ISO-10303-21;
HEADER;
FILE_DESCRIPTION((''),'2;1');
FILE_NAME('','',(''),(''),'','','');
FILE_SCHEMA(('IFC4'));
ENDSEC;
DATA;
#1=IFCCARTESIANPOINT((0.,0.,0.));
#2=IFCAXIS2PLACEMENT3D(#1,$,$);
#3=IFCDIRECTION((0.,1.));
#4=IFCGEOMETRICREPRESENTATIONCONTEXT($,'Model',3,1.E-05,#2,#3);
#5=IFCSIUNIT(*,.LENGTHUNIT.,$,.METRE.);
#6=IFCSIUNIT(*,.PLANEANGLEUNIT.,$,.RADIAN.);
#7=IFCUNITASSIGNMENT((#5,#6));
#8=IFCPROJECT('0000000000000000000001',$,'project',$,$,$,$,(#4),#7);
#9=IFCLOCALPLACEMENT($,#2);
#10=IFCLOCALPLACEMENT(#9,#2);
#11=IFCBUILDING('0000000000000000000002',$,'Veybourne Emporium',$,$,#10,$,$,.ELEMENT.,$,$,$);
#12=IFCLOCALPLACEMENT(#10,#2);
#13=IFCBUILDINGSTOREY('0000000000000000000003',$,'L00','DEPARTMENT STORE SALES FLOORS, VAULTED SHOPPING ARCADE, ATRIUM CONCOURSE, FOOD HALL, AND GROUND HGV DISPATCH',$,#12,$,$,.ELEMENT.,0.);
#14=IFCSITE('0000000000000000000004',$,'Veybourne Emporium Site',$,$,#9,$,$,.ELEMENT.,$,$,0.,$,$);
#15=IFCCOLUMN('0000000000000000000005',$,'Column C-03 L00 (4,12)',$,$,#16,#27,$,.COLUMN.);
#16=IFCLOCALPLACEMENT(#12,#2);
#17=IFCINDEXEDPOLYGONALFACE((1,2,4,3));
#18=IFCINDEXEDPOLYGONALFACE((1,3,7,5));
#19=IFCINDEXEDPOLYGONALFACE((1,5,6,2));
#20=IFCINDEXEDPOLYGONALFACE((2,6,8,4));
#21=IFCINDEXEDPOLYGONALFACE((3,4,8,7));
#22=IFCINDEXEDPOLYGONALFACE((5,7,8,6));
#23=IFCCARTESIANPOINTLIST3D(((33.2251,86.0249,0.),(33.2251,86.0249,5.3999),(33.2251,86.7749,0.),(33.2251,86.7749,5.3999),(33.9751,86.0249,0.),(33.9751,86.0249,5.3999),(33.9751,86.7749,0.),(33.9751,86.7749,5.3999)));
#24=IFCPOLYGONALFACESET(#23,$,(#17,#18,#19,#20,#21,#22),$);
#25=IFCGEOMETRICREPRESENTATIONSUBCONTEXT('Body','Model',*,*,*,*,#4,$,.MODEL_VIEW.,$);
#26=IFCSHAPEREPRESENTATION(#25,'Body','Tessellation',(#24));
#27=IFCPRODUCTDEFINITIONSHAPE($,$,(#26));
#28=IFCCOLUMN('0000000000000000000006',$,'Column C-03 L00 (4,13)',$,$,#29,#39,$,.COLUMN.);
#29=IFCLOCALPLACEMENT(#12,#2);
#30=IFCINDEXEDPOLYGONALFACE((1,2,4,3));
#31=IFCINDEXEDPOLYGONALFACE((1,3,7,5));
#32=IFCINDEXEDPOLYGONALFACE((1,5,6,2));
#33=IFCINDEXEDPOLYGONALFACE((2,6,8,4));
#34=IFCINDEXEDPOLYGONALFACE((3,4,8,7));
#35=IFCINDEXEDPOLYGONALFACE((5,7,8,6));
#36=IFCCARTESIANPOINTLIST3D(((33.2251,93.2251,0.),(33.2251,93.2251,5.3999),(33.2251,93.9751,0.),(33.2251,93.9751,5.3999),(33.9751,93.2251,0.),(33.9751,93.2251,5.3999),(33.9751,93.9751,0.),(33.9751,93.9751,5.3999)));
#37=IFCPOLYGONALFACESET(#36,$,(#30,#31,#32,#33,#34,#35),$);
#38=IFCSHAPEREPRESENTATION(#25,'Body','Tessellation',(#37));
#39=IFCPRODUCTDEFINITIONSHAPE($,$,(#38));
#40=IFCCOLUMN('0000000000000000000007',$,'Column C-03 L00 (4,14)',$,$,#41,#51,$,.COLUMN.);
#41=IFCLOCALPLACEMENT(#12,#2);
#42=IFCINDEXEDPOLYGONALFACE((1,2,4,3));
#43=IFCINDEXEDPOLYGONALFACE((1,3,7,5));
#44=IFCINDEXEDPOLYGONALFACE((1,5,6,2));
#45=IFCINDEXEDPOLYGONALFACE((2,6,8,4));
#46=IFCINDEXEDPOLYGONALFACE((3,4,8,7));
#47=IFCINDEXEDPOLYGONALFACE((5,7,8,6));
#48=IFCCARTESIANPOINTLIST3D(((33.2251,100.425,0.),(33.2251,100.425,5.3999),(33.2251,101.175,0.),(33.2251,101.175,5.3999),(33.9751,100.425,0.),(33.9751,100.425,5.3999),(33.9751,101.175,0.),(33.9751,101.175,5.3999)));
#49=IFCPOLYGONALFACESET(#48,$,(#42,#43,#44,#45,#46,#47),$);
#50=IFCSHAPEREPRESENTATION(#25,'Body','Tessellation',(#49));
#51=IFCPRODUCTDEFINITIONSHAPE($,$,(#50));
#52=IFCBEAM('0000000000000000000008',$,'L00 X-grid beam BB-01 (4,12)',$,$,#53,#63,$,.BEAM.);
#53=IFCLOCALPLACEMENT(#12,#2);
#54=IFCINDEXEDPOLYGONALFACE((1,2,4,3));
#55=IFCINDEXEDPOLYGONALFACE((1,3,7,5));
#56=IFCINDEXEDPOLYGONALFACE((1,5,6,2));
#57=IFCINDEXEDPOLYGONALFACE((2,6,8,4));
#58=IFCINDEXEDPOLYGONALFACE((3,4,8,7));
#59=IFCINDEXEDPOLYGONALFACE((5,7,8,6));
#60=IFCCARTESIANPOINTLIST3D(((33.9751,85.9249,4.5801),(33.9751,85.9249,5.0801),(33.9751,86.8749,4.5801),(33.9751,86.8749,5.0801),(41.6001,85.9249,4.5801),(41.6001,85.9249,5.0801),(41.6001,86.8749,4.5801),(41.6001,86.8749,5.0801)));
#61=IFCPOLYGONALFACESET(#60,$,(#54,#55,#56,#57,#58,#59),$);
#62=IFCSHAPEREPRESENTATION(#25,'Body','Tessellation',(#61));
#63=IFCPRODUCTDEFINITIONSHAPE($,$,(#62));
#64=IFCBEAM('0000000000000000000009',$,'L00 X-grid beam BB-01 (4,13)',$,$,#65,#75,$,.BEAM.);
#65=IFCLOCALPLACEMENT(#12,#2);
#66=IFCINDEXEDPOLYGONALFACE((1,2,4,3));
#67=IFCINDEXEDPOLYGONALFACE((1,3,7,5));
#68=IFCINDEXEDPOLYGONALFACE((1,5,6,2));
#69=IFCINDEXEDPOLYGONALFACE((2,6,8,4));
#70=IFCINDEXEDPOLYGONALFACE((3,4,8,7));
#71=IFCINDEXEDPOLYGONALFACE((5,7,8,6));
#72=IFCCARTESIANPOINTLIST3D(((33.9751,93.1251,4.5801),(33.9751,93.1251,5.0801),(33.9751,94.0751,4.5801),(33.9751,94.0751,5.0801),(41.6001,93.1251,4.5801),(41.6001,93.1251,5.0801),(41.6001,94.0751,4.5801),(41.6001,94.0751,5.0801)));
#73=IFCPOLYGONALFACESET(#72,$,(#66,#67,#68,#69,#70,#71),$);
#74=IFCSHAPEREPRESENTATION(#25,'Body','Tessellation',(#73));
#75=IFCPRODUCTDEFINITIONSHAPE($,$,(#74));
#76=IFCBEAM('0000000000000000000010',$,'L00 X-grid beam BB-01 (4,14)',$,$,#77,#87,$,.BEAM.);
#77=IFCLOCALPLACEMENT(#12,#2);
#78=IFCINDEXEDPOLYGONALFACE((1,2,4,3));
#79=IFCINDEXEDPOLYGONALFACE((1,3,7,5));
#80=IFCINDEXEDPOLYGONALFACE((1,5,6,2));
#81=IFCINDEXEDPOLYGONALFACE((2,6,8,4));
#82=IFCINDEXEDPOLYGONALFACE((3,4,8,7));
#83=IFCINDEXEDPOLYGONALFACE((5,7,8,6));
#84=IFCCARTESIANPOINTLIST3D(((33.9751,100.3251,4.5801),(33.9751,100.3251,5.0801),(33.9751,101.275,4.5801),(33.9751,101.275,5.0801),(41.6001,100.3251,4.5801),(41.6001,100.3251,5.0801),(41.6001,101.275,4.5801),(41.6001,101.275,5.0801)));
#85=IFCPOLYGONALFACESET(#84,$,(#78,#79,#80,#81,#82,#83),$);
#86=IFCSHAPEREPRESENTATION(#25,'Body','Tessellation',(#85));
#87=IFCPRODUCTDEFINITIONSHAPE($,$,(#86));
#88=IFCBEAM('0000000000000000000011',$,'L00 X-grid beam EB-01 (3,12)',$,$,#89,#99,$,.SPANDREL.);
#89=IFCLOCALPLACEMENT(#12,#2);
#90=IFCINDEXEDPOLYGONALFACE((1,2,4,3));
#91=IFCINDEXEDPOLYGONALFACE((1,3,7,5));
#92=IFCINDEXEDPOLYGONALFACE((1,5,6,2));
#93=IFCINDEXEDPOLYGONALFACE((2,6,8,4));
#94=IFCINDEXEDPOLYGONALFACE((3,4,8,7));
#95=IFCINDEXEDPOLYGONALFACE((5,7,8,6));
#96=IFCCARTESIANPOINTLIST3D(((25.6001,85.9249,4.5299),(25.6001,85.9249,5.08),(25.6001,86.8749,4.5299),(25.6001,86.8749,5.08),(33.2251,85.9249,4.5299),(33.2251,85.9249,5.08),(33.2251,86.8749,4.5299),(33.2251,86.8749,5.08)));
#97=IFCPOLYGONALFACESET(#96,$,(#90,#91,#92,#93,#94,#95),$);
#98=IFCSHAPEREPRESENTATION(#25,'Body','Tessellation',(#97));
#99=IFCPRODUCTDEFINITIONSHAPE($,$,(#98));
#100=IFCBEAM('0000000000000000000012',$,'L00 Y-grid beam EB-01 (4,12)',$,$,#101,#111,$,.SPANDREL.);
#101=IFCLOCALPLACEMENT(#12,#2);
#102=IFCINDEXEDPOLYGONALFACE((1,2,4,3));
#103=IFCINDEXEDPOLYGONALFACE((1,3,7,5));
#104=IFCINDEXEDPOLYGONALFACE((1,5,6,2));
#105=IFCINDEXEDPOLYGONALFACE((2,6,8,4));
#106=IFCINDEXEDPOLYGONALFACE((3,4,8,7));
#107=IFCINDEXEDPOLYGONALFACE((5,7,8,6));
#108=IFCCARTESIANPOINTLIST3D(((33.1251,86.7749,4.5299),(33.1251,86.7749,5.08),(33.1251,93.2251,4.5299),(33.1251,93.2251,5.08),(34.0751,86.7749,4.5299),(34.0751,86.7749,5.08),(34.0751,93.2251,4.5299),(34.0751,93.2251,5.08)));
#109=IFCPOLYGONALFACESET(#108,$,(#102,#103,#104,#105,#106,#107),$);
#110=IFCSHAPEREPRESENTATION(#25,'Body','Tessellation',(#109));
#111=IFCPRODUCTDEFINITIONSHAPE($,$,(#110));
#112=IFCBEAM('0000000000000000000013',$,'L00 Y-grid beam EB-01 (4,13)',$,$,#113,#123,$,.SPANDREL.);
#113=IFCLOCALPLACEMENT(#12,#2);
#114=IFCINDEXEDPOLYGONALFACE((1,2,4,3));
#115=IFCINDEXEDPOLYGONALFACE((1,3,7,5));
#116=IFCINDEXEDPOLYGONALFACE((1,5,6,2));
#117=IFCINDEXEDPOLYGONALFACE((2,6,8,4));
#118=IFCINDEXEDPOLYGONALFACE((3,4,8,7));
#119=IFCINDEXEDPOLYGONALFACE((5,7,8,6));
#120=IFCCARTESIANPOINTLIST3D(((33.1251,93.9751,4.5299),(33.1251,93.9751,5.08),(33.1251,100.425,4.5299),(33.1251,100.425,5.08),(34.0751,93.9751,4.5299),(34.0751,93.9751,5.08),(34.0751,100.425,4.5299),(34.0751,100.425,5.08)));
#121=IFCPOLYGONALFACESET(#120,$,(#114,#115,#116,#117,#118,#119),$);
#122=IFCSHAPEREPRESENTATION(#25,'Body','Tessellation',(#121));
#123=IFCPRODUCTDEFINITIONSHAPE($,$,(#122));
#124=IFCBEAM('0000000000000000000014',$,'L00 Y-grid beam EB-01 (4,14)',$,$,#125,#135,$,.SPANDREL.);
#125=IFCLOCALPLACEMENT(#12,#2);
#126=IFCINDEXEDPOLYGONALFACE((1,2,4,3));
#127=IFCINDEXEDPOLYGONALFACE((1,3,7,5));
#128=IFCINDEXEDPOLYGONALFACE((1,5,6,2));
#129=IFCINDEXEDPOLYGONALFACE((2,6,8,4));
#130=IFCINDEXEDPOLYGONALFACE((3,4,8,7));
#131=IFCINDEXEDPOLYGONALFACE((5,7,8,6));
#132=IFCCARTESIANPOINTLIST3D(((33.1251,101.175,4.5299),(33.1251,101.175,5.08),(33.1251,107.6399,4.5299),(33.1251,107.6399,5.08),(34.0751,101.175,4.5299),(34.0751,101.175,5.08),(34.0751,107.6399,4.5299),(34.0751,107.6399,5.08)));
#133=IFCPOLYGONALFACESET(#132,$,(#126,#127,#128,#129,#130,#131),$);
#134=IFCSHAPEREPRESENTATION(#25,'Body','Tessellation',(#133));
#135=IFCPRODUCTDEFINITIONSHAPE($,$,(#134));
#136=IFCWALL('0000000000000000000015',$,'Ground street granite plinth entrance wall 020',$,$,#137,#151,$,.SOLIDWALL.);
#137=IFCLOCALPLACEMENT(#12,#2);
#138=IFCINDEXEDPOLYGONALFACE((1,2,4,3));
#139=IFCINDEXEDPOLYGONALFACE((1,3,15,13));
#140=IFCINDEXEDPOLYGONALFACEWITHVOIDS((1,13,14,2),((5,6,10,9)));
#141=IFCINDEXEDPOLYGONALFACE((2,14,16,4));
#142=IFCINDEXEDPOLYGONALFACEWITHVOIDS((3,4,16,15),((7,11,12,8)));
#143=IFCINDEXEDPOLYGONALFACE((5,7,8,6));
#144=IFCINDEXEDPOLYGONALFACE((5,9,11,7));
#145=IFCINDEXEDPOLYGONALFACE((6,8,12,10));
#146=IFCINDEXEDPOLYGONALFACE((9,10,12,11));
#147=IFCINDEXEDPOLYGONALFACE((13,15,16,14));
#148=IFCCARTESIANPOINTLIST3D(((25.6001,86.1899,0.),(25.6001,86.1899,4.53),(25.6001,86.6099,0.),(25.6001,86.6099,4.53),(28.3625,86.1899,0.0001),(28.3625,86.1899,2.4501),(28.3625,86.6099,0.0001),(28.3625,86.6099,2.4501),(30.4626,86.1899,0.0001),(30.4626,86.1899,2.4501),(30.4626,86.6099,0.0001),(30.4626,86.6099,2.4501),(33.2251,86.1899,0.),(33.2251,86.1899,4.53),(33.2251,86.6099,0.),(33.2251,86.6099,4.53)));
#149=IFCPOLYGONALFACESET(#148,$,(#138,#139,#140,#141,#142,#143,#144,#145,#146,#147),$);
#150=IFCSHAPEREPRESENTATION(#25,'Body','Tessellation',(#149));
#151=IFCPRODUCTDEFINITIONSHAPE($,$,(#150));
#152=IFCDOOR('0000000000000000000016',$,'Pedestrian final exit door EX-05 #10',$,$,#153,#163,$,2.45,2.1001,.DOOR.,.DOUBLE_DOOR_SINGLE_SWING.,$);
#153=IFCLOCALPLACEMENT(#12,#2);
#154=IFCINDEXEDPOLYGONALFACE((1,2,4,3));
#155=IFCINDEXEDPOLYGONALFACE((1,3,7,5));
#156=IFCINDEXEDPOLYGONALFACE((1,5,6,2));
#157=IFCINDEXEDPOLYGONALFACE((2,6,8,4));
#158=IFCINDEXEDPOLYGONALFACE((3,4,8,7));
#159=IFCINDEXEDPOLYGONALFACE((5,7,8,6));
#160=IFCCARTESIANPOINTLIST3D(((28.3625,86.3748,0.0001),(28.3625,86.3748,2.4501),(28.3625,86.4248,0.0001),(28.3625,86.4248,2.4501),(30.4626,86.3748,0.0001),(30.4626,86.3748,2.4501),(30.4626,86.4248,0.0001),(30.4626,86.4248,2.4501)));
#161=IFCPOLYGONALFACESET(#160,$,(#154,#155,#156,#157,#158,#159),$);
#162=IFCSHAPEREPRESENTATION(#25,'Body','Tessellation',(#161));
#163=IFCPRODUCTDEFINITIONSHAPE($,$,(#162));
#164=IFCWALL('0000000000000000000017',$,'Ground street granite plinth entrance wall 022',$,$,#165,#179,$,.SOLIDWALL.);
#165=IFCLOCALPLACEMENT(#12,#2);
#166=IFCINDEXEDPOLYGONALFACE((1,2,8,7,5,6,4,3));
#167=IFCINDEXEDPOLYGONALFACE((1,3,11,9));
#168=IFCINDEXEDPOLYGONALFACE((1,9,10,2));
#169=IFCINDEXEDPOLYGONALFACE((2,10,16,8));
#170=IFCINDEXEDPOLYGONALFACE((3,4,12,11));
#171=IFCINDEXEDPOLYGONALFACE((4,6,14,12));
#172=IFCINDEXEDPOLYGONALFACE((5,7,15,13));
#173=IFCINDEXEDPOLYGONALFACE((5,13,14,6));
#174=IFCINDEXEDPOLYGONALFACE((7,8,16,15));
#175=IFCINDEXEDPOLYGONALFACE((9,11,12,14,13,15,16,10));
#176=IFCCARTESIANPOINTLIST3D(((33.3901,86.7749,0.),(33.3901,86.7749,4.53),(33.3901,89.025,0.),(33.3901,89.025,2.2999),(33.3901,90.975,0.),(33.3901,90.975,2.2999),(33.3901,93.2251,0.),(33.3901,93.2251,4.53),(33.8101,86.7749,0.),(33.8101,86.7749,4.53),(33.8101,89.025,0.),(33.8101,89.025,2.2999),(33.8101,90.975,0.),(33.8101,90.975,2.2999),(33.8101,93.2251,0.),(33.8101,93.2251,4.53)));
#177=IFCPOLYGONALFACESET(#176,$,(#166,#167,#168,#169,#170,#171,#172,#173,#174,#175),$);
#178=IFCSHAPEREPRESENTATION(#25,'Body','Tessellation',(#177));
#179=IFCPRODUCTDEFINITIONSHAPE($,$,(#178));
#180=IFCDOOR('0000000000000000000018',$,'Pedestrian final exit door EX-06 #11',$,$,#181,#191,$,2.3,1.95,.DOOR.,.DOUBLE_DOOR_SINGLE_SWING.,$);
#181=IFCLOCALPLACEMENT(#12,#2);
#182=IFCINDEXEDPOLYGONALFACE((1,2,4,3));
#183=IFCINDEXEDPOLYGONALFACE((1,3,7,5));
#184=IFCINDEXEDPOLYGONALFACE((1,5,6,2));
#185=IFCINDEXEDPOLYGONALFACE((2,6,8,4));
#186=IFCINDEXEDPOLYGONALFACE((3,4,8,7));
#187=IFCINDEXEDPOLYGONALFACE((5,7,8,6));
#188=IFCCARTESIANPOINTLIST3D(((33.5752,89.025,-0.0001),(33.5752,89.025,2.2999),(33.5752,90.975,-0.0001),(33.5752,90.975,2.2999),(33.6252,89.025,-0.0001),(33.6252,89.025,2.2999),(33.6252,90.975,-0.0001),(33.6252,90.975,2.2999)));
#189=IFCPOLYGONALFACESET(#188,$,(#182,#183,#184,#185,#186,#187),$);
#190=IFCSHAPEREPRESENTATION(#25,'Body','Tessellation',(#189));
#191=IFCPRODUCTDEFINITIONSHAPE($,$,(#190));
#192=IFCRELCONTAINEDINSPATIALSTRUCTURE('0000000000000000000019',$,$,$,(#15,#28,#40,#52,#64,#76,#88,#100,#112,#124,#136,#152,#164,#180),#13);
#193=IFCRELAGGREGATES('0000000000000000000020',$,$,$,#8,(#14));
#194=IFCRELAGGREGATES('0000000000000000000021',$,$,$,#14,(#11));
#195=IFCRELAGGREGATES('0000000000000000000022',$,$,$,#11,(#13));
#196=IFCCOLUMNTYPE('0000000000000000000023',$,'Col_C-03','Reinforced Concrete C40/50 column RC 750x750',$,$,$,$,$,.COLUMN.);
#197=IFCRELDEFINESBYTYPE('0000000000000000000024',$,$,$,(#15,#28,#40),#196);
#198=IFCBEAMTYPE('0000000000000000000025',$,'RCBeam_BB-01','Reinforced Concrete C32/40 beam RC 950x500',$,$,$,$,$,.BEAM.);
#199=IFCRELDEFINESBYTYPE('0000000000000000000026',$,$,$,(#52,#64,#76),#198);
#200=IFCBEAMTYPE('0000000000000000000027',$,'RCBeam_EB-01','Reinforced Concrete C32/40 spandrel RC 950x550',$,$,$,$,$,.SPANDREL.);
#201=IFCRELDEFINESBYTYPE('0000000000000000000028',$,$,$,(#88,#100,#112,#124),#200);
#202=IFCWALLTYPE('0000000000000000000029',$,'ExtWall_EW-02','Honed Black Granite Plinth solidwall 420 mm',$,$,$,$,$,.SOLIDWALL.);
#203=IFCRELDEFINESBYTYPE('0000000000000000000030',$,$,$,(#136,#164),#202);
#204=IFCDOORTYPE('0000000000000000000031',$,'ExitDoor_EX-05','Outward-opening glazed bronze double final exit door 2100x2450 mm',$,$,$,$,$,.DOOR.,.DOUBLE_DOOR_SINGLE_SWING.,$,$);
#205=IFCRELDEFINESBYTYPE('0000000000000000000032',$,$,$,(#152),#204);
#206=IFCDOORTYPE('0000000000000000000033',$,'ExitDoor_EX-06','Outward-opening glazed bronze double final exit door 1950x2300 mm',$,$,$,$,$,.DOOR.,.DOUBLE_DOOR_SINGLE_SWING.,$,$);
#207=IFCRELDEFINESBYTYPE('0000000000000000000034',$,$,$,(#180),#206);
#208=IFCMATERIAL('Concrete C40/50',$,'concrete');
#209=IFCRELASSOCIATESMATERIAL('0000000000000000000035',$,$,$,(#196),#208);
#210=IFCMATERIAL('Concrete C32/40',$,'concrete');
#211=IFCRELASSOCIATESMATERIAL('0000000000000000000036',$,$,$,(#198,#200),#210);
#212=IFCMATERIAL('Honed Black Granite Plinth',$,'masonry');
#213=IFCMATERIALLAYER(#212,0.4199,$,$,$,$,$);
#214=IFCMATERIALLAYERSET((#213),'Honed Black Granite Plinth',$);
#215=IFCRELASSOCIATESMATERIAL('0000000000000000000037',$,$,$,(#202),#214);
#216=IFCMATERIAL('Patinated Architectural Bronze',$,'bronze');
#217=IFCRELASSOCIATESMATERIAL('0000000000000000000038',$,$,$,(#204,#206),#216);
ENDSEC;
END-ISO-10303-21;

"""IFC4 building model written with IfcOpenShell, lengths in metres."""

from ifc_helpers import new_model, si_unit, direction, frame, frame_2d, origin, origin_2d, place, context, subcontext, project, spatial, rectangle, extrude, material, layer, layer_set, material_profile, profile_set, type_object, element, fill, save


model = new_model("IFC4")

# Units and contexts
model_context = context("Model", 3, precision=1e-05, world=origin(), true_north=direction((0.0, 1.0)))
body_context = subcontext(model_context, "Body", "Model", "MODEL_VIEW")
ifc_project = project(units=[si_unit("LENGTHUNIT", "METRE"), si_unit("PLANEANGLEUNIT", "RADIAN")], contexts=[model_context])

# Site, building, storey
site_placement = place(None, origin())
site = spatial("IfcSite", under=ifc_project, at=site_placement, Name="Veybourne Emporium Site", CompositionType="ELEMENT", RefElevation=0.0)
building_placement = place(site_placement, origin())
building = spatial("IfcBuilding", under=site, at=building_placement, Name="Veybourne Emporium", CompositionType="ELEMENT")
storey_placement = place(building_placement, origin())
storey = spatial("IfcBuildingStorey", under=building, at=storey_placement, Name="L00", Description="DEPARTMENT STORE SALES FLOORS, VAULTED SHOPPING ARCADE, ATRIUM CONCOURSE, FOOD HALL, AND GROUND HGV DISPATCH", CompositionType="ELEMENT", Elevation=0.0)

# Columns
ifc_material_1 = material(Name="Concrete C40/50", Category="concrete")
ifc_material_profile_1 = material_profile(ifc_material_1, rectangle(XDim=0.75, YDim=0.75, at=origin_2d()), Name="RC 750x750")
ifc_profile_set_1 = profile_set([ifc_material_profile_1], Name="Concrete C40/50")
column_type = type_object("IfcColumnType", Name="Col_C-03", Description="Reinforced Concrete C40/50 column RC 750x750", PredefinedType="COLUMN", material=ifc_profile_set_1)
for number, where, z_axis, x_axis, name in (
    (1, (33.6001, 86.3999, 0.0), (0.0, 0.0, 1.0), (1.0, 0.0, 0.0), "Column C-03 L00 (4,12)"),
    (2, (33.6001, 93.6001, 0.0), (0.0, 0.0, 1.0), (1.0, 0.0, 0.0), "Column C-03 L00 (4,13)"),
    (3, (33.6001, 100.8, 0.0), (0.0, 0.0, 1.0), (1.0, 0.0, 0.0), "Column C-03 L00 (4,14)"),
):
    element("IfcColumn", number, at=place(storey_placement, frame(where, z_axis=z_axis, x_axis=x_axis)), inside=storey, type_object=column_type, Name=name, PredefinedType="COLUMN", context=body_context, shape_type="SweptSolid", body=[
        extrude(rectangle(XDim=0.75, YDim=0.75, at=origin_2d()), origin(), (0.0, 0.0, 1.0), 5.3999),
    ])

# Beams
ifc_material_2 = material(Name="Concrete C32/40", Category="concrete")
ifc_material_profile_2 = material_profile(ifc_material_2, rectangle(XDim=0.95, YDim=0.5, at=origin_2d()), Name="RC 950x500")
ifc_profile_set_2 = profile_set([ifc_material_profile_2], Name="Concrete C32/40")
beam_type_1 = type_object("IfcBeamType", Name="RCBeam_BB-01", Description="Reinforced Concrete C32/40 beam RC 950x500", PredefinedType="BEAM", material=ifc_profile_set_2)
for number, where, z_axis, x_axis, name in (
    (4, (33.9751, 86.3999, 4.8301), (1.0, 0.0, 0.0), (0.0, 1.0, 0.0), "L00 X-grid beam BB-01 (4,12)"),
    (5, (33.9751, 93.6001, 4.8301), (1.0, 0.0, 0.0), (0.0, 1.0, 0.0), "L00 X-grid beam BB-01 (4,13)"),
    (6, (33.9751, 100.8, 4.8301), (1.0, 0.0, 0.0), (0.0, 1.0, 0.0), "L00 X-grid beam BB-01 (4,14)"),
):
    element("IfcBeam", number, at=place(storey_placement, frame(where, z_axis=z_axis, x_axis=x_axis)), inside=storey, type_object=beam_type_1, Name=name, PredefinedType="BEAM", context=body_context, shape_type="SweptSolid", body=[
        extrude(rectangle(XDim=0.95, YDim=0.5, at=origin_2d()), origin(), (0.0, 0.0, 1.0), 7.625),
    ])
ifc_material_profile_3 = material_profile(ifc_material_2, rectangle(XDim=0.95, YDim=0.55, at=origin_2d()), Name="RC 950x550")
ifc_profile_set_3 = profile_set([ifc_material_profile_3], Name="Concrete C32/40")
beam_type_2 = type_object("IfcBeamType", Name="RCBeam_EB-01", Description="Reinforced Concrete C32/40 spandrel RC 950x550", PredefinedType="SPANDREL", material=ifc_profile_set_3)
beam_1_placement = place(storey_placement, frame((25.6001, 86.3999, 4.8049), z_axis=(1.0, 0.0, 0.0), x_axis=(0.0, 1.0, 0.0)))
element("IfcBeam", 7, at=beam_1_placement, inside=storey, type_object=beam_type_2, Name="L00 X-grid beam EB-01 (3,12)", PredefinedType="SPANDREL", context=body_context, shape_type="SweptSolid", body=[
    extrude(rectangle(XDim=0.95, YDim=0.55, at=origin_2d()), origin(), (0.0, 0.0, 1.0), 7.625),
])
beam_2_placement = place(storey_placement, frame((33.6001, 86.7749, 4.8049), z_axis=(0.0, 1.0, 0.0), x_axis=(-1.0, 0.0, 0.0)))
element("IfcBeam", 8, at=beam_2_placement, inside=storey, type_object=beam_type_2, Name="L00 Y-grid beam EB-01 (4,12)", PredefinedType="SPANDREL", context=body_context, shape_type="SweptSolid", body=[
    extrude(rectangle(XDim=0.95, YDim=0.55, at=origin_2d()), origin(), (0.0, 0.0, 1.0), 6.4502),
])
beam_3_placement = place(storey_placement, frame((33.6001, 93.9751, 4.8049), z_axis=(0.0, 1.0, 0.0), x_axis=(-1.0, 0.0, 0.0)))
element("IfcBeam", 9, at=beam_3_placement, inside=storey, type_object=beam_type_2, Name="L00 Y-grid beam EB-01 (4,13)", PredefinedType="SPANDREL", context=body_context, shape_type="SweptSolid", body=[
    extrude(rectangle(XDim=0.95, YDim=0.55, at=origin_2d()), origin(), (0.0, 0.0, 1.0), 6.45),
])
beam_4_placement = place(storey_placement, frame((33.6001, 101.175, 4.8049), z_axis=(0.0, 1.0, 0.0), x_axis=(-1.0, 0.0, 0.0)))
element("IfcBeam", 10, at=beam_4_placement, inside=storey, type_object=beam_type_2, Name="L00 Y-grid beam EB-01 (4,14)", PredefinedType="SPANDREL", context=body_context, shape_type="SweptSolid", body=[
    extrude(rectangle(XDim=0.95, YDim=0.55, at=origin_2d()), origin(), (0.0, 0.0, 1.0), 6.4648),
])

# Walls, openings, doors
ifc_material_3 = material(Name="Honed Black Granite Plinth", Category="masonry")
ifc_layer_1 = layer(ifc_material_3, 0.4199)
ifc_layer_set_1 = layer_set([ifc_layer_1], Name="Honed Black Granite Plinth")
wall_type_1 = type_object("IfcWallType", Name="ExtWall_EW-02", Description="Honed Black Granite Plinth solidwall 420 mm", PredefinedType="SOLIDWALL", material=ifc_layer_set_1)
wall_1_placement = place(storey_placement, frame((25.6001, 86.3999, 0.0), z_axis=(0.0, 0.0, 1.0), x_axis=(1.0, 0.0, 0.0)))
wall_1 = element("IfcWall", 11, at=wall_1_placement, inside=storey, type_object=wall_type_1, Name="Ground street granite plinth entrance wall 020", PredefinedType="SOLIDWALL", context=body_context, shape_type="SweptSolid", body=[
    extrude(rectangle(XDim=7.625, YDim=0.4199, at=frame_2d((3.8125, 0.0))), origin(), (0.0, 0.0, 1.0), 4.53),
])
opening_1_placement = place(wall_1_placement, frame((2.7625, 0.0, 0.0)))
opening_1 = element("IfcOpeningElement", 12, at=opening_1_placement, cuts=wall_1, PredefinedType="OPENING", context=body_context, shape_type="SweptSolid", body=[
    extrude(rectangle(XDim=2.1001, YDim=2.45, at=frame_2d((1.05, 1.2251))), frame((0.0, 0.23, 0.0), z_axis=(0.0, -1.0, 0.0), x_axis=(1.0, 0.0, 0.0)), (0.0, 0.0, 1.0), 0.46),
])
ifc_material_4 = material(Name="Patinated Architectural Bronze", Category="bronze")
door_type_1 = type_object("IfcDoorType", Name="ExitDoor_EX-05", Description="Outward-opening glazed bronze double final exit door 2100x2450 mm", OperationType="DOUBLE_DOOR_SINGLE_SWING", PredefinedType="DOOR", material=ifc_material_4)
door_1_placement = place(opening_1_placement, origin())
door_1 = element("IfcDoor", 13, at=door_1_placement, inside=storey, type_object=door_type_1, Name="Pedestrian final exit door EX-05 #10", OperationType="DOUBLE_DOOR_SINGLE_SWING", OverallHeight=2.45, OverallWidth=2.1001, PredefinedType="DOOR", context=body_context, shape_type="SweptSolid", body=[
    extrude(rectangle(XDim=2.1001, YDim=2.45, at=frame_2d((1.05, 1.2251))), frame((0.0, 0.0249, 0.0), z_axis=(0.0, -1.0, 0.0), x_axis=(1.0, 0.0, 0.0)), (0.0, 0.0, 1.0), 0.05),
])
fill(opening_1, door_1)
wall_2_placement = place(storey_placement, frame((33.6001, 86.7749, 0.0), z_axis=(0.0, 0.0, 1.0), x_axis=(0.0, 1.0, 0.0)))
wall_2 = element("IfcWall", 14, at=wall_2_placement, inside=storey, type_object=wall_type_1, Name="Ground street granite plinth entrance wall 022", PredefinedType="SOLIDWALL", context=body_context, shape_type="SweptSolid", body=[
    extrude(rectangle(XDim=6.4502, YDim=0.4199, at=frame_2d((3.2251, 0.0))), origin(), (0.0, 0.0, 1.0), 4.53),
])
opening_2_placement = place(wall_2_placement, frame((2.25, 0.0, 0.0)))
opening_2 = element("IfcOpeningElement", 15, at=opening_2_placement, cuts=wall_2, PredefinedType="OPENING", context=body_context, shape_type="SweptSolid", body=[
    extrude(rectangle(XDim=1.95, YDim=2.3, at=frame_2d((0.9751, 1.1499))), frame((0.0, 0.23, 0.0), z_axis=(0.0, -1.0, 0.0), x_axis=(1.0, 0.0, 0.0)), (0.0, 0.0, 1.0), 0.46),
])
door_type_2 = type_object("IfcDoorType", Name="ExitDoor_EX-06", Description="Outward-opening glazed bronze double final exit door 1950x2300 mm", OperationType="DOUBLE_DOOR_SINGLE_SWING", PredefinedType="DOOR", material=ifc_material_4)
door_2_placement = place(opening_2_placement, origin())
door_2 = element("IfcDoor", 16, at=door_2_placement, inside=storey, type_object=door_type_2, Name="Pedestrian final exit door EX-06 #11", OperationType="DOUBLE_DOOR_SINGLE_SWING", OverallHeight=2.3, OverallWidth=1.95, PredefinedType="DOOR", context=body_context, shape_type="SweptSolid", body=[
    extrude(rectangle(XDim=1.95, YDim=2.3, at=frame_2d((0.9751, 1.1499))), frame((0.0, 0.0249, 0.0), z_axis=(0.0, -1.0, 0.0), x_axis=(1.0, 0.0, 0.0)), (0.0, 0.0, 1.0), 0.05),
])
fill(opening_2, door_2)

save(model, "model.ifc")
